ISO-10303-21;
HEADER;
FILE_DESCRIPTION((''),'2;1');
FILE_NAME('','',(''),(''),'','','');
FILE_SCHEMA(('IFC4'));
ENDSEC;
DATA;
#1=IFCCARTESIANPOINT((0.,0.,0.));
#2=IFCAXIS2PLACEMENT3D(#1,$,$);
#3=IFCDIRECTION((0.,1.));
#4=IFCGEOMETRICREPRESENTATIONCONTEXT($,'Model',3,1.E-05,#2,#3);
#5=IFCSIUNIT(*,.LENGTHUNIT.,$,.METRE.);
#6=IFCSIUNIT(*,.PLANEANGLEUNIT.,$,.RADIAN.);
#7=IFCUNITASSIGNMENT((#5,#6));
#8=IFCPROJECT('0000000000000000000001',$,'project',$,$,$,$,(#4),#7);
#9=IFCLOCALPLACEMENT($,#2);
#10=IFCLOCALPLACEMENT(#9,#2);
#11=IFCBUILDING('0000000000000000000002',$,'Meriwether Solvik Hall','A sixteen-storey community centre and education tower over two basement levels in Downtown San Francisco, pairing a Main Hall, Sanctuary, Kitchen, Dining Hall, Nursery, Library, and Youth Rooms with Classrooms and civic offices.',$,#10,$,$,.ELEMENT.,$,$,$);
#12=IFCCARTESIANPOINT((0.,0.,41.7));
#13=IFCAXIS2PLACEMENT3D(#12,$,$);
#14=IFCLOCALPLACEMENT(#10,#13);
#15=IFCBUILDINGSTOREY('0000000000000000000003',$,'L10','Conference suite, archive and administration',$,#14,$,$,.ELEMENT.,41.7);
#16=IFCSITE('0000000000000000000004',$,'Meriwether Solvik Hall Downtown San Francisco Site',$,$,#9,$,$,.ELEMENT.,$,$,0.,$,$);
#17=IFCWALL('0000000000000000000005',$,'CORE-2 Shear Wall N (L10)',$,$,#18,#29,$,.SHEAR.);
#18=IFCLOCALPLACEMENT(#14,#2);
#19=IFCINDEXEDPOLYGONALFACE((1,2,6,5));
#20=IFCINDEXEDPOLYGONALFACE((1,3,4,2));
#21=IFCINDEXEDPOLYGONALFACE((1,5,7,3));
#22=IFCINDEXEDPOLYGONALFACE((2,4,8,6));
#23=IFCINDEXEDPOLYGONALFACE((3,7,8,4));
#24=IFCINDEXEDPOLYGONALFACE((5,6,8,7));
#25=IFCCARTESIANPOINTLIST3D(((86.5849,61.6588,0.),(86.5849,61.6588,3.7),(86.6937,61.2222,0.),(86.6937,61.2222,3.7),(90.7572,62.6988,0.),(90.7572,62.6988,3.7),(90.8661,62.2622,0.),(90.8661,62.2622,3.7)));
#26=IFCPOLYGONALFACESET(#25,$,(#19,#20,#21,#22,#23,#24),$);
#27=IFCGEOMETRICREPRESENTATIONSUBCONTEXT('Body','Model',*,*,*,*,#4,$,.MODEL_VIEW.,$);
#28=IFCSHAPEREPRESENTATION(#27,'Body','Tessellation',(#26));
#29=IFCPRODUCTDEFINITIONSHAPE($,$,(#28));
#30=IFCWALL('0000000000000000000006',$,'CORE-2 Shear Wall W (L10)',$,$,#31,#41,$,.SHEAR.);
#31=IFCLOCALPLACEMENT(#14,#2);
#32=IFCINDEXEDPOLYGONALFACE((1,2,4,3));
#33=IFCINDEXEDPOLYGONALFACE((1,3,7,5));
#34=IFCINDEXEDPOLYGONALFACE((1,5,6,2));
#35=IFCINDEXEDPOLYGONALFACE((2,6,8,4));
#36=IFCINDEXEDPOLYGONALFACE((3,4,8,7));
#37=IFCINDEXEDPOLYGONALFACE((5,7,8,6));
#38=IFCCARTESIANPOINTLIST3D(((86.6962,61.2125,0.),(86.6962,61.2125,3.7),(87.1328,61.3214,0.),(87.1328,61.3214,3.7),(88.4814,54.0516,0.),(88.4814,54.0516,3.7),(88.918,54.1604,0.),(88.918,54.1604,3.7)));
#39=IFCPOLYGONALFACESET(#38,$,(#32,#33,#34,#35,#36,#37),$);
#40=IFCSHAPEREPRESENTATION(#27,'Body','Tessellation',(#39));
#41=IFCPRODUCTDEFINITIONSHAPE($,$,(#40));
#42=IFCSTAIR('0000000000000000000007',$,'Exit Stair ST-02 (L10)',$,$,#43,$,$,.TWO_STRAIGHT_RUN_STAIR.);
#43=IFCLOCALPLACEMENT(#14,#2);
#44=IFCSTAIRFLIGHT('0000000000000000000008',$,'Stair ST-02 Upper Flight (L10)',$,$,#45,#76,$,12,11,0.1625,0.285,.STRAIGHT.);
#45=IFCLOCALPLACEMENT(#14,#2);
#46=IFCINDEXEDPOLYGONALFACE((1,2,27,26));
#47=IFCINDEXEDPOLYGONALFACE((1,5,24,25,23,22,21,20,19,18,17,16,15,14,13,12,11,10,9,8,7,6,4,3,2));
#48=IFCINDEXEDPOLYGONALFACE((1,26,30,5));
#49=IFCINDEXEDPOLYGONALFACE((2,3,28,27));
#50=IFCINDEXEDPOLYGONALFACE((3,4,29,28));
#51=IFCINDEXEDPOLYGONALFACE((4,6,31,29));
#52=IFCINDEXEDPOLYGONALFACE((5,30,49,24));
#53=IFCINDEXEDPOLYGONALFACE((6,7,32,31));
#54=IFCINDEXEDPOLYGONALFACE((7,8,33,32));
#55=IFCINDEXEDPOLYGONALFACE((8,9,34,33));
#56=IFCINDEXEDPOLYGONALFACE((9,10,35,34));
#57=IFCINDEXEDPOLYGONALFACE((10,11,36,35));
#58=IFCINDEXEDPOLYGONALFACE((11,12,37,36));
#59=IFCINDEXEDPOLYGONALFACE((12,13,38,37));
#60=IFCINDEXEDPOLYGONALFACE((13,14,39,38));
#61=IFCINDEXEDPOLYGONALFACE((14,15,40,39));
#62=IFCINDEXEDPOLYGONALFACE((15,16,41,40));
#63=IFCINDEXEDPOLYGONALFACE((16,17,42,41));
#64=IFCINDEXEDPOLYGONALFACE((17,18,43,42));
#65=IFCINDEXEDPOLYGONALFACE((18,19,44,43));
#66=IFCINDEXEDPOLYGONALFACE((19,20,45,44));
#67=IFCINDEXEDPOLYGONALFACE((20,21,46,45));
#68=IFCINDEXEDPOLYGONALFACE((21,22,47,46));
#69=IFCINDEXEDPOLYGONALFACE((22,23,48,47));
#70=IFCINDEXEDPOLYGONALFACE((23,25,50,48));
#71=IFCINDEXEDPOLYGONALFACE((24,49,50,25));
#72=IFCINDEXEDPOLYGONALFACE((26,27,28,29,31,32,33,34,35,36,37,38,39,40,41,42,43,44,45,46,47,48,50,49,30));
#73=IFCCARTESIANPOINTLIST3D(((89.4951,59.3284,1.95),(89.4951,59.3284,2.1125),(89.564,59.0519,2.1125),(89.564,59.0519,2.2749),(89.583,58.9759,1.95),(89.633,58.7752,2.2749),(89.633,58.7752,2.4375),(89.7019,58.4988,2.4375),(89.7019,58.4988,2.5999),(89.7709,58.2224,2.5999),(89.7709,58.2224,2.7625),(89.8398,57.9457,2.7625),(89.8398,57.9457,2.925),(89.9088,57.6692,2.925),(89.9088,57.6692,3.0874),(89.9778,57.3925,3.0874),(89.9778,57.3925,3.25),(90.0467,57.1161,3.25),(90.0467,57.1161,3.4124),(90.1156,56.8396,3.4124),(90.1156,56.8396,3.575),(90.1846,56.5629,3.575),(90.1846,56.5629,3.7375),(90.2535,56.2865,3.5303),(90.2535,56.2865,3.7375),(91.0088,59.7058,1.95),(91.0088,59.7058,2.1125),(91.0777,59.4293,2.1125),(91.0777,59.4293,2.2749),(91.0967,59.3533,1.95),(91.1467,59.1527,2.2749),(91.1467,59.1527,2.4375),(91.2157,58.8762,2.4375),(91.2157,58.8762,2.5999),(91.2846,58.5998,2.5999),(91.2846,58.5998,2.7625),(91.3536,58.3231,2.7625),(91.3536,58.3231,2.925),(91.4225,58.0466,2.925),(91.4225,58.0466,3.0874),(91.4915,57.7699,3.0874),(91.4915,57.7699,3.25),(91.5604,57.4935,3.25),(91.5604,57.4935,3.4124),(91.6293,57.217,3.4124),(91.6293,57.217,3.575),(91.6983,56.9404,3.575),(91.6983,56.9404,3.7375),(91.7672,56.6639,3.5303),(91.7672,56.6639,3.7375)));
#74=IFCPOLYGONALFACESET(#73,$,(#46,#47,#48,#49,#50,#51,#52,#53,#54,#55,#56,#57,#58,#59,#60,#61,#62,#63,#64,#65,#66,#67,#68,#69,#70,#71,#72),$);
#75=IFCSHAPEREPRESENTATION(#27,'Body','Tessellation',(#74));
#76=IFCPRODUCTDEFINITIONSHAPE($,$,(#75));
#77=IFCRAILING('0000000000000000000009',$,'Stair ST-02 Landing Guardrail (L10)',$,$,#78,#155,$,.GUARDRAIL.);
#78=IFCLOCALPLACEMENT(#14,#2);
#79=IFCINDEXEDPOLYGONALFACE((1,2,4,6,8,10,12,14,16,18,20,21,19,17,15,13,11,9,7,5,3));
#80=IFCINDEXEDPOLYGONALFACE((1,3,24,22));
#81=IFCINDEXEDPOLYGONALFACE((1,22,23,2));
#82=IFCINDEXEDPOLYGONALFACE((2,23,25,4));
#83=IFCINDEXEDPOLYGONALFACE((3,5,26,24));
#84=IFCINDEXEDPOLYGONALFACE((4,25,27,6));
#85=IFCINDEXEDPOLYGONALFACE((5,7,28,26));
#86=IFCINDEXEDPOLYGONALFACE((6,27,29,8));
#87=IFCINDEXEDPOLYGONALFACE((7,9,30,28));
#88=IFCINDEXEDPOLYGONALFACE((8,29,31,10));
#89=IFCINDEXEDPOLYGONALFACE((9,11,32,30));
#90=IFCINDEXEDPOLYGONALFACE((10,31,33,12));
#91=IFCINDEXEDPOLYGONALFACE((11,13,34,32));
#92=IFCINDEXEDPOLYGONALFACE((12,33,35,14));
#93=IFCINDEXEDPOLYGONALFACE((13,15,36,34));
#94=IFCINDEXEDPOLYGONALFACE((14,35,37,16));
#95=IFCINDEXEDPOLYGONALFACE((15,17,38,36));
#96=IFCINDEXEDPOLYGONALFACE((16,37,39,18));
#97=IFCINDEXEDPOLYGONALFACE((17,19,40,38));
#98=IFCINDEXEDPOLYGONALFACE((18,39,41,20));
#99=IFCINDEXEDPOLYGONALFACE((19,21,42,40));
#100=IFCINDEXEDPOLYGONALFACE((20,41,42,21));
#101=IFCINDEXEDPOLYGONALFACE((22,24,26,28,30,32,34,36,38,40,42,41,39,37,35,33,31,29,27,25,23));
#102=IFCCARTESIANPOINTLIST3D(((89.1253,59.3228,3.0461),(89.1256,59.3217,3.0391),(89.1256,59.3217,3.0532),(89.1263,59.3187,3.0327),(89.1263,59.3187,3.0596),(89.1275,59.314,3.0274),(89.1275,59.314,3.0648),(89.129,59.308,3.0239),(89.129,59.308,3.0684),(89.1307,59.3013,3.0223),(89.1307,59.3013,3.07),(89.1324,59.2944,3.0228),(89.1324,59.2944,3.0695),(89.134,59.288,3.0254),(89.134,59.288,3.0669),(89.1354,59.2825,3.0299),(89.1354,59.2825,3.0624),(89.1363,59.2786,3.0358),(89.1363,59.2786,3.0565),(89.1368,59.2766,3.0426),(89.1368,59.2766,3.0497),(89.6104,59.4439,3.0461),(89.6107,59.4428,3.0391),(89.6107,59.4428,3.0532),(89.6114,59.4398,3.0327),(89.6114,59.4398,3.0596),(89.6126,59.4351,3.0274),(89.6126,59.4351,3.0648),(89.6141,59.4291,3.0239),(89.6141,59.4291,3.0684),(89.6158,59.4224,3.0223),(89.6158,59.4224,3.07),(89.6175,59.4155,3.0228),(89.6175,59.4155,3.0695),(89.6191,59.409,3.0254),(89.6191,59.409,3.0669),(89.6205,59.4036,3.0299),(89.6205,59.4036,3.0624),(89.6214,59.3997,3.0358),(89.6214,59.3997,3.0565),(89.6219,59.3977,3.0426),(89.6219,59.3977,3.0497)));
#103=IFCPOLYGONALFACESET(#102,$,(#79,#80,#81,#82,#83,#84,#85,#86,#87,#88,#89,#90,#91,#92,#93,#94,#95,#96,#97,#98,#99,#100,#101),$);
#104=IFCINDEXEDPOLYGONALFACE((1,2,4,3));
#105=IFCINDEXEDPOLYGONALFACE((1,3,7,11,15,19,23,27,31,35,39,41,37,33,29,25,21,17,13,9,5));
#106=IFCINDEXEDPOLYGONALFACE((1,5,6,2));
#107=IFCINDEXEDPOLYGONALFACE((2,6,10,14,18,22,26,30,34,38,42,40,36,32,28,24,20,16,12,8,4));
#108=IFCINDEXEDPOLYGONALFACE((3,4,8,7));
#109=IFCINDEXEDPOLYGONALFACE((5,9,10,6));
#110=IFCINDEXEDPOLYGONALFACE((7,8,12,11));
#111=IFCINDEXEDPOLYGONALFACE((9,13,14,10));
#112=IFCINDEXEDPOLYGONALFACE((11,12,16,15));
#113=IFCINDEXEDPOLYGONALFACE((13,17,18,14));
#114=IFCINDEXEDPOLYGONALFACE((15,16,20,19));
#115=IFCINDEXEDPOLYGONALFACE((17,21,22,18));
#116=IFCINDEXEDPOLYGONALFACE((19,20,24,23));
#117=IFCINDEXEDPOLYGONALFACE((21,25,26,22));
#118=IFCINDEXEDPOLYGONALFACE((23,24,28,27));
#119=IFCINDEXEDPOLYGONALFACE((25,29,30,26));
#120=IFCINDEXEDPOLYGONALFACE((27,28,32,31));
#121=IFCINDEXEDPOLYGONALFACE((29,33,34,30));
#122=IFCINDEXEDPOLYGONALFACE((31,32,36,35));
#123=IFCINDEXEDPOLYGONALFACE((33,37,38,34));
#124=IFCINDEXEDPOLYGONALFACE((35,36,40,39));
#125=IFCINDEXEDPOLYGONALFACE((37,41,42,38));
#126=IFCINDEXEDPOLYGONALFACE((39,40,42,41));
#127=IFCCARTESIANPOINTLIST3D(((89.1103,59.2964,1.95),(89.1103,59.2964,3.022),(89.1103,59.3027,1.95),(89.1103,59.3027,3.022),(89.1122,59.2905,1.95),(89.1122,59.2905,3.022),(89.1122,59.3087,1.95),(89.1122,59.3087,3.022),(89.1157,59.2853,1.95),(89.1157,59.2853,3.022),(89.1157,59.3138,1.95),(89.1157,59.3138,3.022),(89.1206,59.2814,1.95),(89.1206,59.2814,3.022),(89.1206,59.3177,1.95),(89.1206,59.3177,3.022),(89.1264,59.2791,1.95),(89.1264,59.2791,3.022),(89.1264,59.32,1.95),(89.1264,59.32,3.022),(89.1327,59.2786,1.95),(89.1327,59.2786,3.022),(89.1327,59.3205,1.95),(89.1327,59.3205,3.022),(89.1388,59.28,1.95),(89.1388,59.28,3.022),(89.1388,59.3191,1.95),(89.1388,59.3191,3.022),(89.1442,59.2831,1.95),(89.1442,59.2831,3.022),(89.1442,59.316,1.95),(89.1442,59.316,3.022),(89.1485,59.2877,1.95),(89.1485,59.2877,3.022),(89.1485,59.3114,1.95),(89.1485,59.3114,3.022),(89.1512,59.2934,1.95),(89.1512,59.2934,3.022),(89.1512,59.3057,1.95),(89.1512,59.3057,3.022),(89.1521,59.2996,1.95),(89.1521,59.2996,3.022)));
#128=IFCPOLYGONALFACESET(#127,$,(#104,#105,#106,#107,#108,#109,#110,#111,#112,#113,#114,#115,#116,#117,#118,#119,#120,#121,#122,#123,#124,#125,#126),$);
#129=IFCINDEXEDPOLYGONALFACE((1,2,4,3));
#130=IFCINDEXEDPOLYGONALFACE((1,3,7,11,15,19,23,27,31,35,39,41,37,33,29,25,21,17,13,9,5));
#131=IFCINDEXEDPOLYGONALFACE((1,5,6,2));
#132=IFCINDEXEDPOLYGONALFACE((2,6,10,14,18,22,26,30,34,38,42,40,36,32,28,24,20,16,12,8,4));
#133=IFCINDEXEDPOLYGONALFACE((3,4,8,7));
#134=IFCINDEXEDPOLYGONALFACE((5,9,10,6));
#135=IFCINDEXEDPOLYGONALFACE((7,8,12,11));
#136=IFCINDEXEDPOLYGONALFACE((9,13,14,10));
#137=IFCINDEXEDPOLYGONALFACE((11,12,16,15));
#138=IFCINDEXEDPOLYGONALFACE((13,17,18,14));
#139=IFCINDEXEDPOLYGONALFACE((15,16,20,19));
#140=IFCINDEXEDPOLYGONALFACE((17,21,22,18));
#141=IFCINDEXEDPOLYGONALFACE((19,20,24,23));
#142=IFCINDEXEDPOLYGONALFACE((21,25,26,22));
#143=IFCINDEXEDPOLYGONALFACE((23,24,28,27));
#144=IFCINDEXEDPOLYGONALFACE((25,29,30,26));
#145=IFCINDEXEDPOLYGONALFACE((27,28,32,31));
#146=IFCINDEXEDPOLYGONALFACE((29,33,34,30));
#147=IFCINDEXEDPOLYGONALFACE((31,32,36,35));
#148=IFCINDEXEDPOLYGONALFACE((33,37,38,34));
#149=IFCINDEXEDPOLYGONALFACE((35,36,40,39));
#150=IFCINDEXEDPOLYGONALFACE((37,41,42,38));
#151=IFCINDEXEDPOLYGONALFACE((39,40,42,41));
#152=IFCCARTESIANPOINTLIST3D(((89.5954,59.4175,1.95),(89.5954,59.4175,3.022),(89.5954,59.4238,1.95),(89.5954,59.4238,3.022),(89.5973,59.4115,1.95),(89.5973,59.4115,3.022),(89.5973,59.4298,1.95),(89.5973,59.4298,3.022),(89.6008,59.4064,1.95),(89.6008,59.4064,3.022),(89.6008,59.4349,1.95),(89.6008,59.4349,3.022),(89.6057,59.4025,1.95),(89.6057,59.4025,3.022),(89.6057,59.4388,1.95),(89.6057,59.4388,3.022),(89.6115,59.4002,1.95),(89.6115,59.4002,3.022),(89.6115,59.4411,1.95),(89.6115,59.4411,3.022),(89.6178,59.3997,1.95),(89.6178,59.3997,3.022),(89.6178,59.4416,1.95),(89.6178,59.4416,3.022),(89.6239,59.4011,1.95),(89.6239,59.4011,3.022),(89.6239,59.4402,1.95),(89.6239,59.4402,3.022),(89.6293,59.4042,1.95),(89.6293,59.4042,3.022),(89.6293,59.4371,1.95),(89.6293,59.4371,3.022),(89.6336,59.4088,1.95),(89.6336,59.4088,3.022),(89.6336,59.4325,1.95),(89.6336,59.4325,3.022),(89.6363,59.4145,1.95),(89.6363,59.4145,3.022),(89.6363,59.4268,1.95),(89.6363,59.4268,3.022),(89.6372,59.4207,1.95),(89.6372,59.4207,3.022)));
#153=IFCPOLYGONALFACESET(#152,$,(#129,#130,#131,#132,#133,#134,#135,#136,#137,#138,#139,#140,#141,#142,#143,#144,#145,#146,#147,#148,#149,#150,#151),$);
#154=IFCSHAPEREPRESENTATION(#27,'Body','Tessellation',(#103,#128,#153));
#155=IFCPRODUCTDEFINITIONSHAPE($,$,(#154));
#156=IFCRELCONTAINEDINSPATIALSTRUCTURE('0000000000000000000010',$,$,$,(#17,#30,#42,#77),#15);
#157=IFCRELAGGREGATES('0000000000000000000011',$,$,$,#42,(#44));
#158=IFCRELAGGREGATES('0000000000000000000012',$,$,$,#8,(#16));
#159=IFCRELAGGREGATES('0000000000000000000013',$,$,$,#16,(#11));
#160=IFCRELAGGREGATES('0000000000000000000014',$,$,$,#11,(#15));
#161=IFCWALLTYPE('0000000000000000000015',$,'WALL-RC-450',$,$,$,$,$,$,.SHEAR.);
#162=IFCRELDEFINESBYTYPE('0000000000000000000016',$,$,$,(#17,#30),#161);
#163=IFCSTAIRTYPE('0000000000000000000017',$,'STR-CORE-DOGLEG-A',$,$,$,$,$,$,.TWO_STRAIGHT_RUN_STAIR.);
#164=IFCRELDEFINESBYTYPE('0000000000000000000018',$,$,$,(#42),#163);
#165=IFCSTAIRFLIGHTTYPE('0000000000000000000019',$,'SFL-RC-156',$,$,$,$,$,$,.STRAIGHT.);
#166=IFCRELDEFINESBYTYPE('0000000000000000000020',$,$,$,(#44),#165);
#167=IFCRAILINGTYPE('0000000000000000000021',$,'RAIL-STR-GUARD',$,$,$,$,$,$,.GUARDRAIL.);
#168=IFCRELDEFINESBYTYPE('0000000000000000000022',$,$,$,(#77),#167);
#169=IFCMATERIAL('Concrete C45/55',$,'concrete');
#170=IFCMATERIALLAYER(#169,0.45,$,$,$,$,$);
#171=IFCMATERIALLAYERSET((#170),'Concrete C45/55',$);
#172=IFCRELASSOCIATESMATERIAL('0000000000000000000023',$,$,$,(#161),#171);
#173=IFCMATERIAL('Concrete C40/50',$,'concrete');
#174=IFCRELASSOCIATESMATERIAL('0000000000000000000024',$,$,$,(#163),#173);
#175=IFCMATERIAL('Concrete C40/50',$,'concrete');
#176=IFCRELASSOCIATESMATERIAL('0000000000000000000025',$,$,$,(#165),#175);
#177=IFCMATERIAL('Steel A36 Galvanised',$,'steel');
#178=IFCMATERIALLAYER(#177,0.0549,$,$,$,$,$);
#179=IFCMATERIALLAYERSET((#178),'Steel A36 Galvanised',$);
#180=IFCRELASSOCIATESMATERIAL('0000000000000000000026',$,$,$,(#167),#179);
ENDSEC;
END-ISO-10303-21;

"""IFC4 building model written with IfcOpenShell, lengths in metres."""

from ifc_helpers import new_model, si_unit, direction, frame, frame_2d, origin, origin_2d, place, context, subcontext, project, spatial, polyline, rectangle, circle, outline, extrude, material, layer, layer_set, type_object, element, aggregate, save


model = new_model("IFC4")

# Units and contexts
model_context = context("Model", 3, precision=1e-05, world=origin(), true_north=direction((0.0, 1.0)))
body_context = subcontext(model_context, "Body", "Model", "MODEL_VIEW")
ifc_project = project(units=[si_unit("LENGTHUNIT", "METRE"), si_unit("PLANEANGLEUNIT", "RADIAN")], contexts=[model_context])

# Site, building, storey
site_placement = place(None, origin())
site = spatial("IfcSite", under=ifc_project, at=site_placement, Name="Meriwether Solvik Hall Downtown San Francisco Site", CompositionType="ELEMENT", RefElevation=0.0)
building_placement = place(site_placement, origin())
building = spatial("IfcBuilding", under=site, at=building_placement, Name="Meriwether Solvik Hall", Description="A sixteen-storey community centre and education tower over two basement levels in Downtown San Francisco, pairing a Main Hall, Sanctuary, Kitchen, Dining Hall, Nursery, Library, and Youth Rooms with Classrooms and civic offices.", CompositionType="ELEMENT")
storey_placement = place(building_placement, frame((0.0, 0.0, 41.7)))
storey = spatial("IfcBuildingStorey", under=building, at=storey_placement, Name="L10", Description="Conference suite, archive and administration", CompositionType="ELEMENT", Elevation=41.7)

# Walls
ifc_material_1 = material(Name="Concrete C45/55", Category="concrete")
ifc_layer_1 = layer(ifc_material_1, 0.45)
ifc_layer_set_1 = layer_set([ifc_layer_1], Name="Concrete C45/55")
wall_type_1 = type_object("IfcWallType", Name="WALL-RC-450", PredefinedType="SHEAR", material=ifc_layer_set_1)
wall_1_placement = place(storey_placement, frame((90.8115, 62.4805, 0.0), z_axis=(0.0, 0.0, 1.0), x_axis=(-0.970309, -0.241868, 0.0)))
element("IfcWall", 1, at=wall_1_placement, inside=storey, type_object=wall_type_1, Name="CORE-2 Shear Wall N (L10)", PredefinedType="SHEAR", context=body_context, shape_type="SweptSolid", body=[
    extrude(rectangle(XDim=4.3, YDim=0.45, at=frame_2d((2.1499, 0.0))), origin(), (0.0, 0.0, 1.0), 3.7),
])
wall_2_placement = place(storey_placement, frame((86.9146, 61.2668, 0.0), z_axis=(0.0, 0.0, 1.0), x_axis=(0.24189, -0.970304, 0.0)))
element("IfcWall", 2, at=wall_2_placement, inside=storey, type_object=wall_type_1, Name="CORE-2 Shear Wall W (L10)", PredefinedType="SHEAR", context=body_context, shape_type="SweptSolid", body=[
    extrude(rectangle(XDim=7.3801, YDim=0.45, at=frame_2d((3.6899, 0.0))), origin(), (0.0, 0.0, 1.0), 3.7),
])

# Stair, stair flight
ifc_material_2 = material(Name="Concrete C40/50", Category="concrete")
stair_type = type_object("IfcStairType", Name="STR-CORE-DOGLEG-A", PredefinedType="TWO_STRAIGHT_RUN_STAIR", material=ifc_material_2)
stair_placement = place(storey_placement, origin())
stair = element("IfcStair", 3, at=stair_placement, inside=storey, type_object=stair_type, Name="Exit Stair ST-02 (L10)", PredefinedType="TWO_STRAIGHT_RUN_STAIR")
ifc_material_3 = material(Name="Concrete C40/50", Category="concrete")
stair_flight_type = type_object("IfcStairFlightType", Name="SFL-RC-156", PredefinedType="STRAIGHT", material=ifc_material_3)
stair_flight_placement = place(storey_placement, frame((90.252, 59.5171, 1.95), z_axis=(0.0, 0.0, 1.0), x_axis=(0.241922, -0.970296, 0.0)))
stair_flight = element("IfcStairFlight", 4, at=stair_flight_placement, type_object=stair_flight_type, Name="Stair ST-02 Upper Flight (L10)", NumberOfRisers=12, NumberOfTreads=11, PredefinedType="STRAIGHT", RiserHeight=0.1625, TreadLength=0.285, context=body_context, shape_type="SweptSolid", body=[
    extrude(outline(polyline([(0.0, 0.0), (0.0, 0.1626), (0.2849, 0.1626), (0.2849, 0.325), (0.5701, 0.325), (0.5701, 0.4875), (0.855, 0.4875), (0.855, 0.6499), (1.1399, 0.6499), (1.1399, 0.8125), (1.425, 0.8125), (1.425, 0.9751), (1.71, 0.9751), (1.71, 1.1375), (1.9951, 1.1375), (1.9951, 1.3), (2.28, 1.3), (2.28, 1.4624), (2.5649, 1.4624), (2.5649, 1.625), (2.8501, 1.625), (2.8501, 1.7876), (3.135, 1.7876), (3.135, 1.95), (3.135, 1.5803), (0.3633, 0.0), (0.0, 0.0)])), frame((0.0, 0.78, 0.0), z_axis=(0.0, -1.0, 0.0), x_axis=(1.0, 0.0, 0.0)), (0.0, 0.0, 1.0), 1.5601),
])
aggregate(stair, [stair_flight])

# Railing
ifc_material_4 = material(Name="Steel A36 Galvanised", Category="steel")
ifc_layer_2 = layer(ifc_material_4, 0.0549)
ifc_layer_set_2 = layer_set([ifc_layer_2], Name="Steel A36 Galvanised")
railing_type_1 = type_object("IfcRailingType", Name="RAIL-STR-GUARD", PredefinedType="GUARDRAIL", material=ifc_layer_set_2)
railing_1_placement = place(storey_placement, frame((89.1311, 59.2996, 1.95)))
element("IfcRailing", 5, at=railing_1_placement, inside=storey, type_object=railing_type_1, Name="Stair ST-02 Landing Guardrail (L10)", PredefinedType="GUARDRAIL", context=body_context, shape_type="SweptSolid", body=[
    extrude(circle(Radius=0.0239, at=origin_2d()), frame((0.0, 0.0, 1.0962), z_axis=(0.970229, 0.242191, 0.0), x_axis=(-0.242191, 0.970229, 0.0)), (0.0, 0.0, 1.0), 0.5),
    extrude(circle(Radius=0.021, at=origin_2d()), origin(), (0.0, 0.0, 1.0), 1.072),
    extrude(circle(Radius=0.021, at=origin_2d()), frame((0.4851, 0.1211, 0.0)), (0.0, 0.0, 1.0), 1.072),
])

save(model, "model.ifc")
